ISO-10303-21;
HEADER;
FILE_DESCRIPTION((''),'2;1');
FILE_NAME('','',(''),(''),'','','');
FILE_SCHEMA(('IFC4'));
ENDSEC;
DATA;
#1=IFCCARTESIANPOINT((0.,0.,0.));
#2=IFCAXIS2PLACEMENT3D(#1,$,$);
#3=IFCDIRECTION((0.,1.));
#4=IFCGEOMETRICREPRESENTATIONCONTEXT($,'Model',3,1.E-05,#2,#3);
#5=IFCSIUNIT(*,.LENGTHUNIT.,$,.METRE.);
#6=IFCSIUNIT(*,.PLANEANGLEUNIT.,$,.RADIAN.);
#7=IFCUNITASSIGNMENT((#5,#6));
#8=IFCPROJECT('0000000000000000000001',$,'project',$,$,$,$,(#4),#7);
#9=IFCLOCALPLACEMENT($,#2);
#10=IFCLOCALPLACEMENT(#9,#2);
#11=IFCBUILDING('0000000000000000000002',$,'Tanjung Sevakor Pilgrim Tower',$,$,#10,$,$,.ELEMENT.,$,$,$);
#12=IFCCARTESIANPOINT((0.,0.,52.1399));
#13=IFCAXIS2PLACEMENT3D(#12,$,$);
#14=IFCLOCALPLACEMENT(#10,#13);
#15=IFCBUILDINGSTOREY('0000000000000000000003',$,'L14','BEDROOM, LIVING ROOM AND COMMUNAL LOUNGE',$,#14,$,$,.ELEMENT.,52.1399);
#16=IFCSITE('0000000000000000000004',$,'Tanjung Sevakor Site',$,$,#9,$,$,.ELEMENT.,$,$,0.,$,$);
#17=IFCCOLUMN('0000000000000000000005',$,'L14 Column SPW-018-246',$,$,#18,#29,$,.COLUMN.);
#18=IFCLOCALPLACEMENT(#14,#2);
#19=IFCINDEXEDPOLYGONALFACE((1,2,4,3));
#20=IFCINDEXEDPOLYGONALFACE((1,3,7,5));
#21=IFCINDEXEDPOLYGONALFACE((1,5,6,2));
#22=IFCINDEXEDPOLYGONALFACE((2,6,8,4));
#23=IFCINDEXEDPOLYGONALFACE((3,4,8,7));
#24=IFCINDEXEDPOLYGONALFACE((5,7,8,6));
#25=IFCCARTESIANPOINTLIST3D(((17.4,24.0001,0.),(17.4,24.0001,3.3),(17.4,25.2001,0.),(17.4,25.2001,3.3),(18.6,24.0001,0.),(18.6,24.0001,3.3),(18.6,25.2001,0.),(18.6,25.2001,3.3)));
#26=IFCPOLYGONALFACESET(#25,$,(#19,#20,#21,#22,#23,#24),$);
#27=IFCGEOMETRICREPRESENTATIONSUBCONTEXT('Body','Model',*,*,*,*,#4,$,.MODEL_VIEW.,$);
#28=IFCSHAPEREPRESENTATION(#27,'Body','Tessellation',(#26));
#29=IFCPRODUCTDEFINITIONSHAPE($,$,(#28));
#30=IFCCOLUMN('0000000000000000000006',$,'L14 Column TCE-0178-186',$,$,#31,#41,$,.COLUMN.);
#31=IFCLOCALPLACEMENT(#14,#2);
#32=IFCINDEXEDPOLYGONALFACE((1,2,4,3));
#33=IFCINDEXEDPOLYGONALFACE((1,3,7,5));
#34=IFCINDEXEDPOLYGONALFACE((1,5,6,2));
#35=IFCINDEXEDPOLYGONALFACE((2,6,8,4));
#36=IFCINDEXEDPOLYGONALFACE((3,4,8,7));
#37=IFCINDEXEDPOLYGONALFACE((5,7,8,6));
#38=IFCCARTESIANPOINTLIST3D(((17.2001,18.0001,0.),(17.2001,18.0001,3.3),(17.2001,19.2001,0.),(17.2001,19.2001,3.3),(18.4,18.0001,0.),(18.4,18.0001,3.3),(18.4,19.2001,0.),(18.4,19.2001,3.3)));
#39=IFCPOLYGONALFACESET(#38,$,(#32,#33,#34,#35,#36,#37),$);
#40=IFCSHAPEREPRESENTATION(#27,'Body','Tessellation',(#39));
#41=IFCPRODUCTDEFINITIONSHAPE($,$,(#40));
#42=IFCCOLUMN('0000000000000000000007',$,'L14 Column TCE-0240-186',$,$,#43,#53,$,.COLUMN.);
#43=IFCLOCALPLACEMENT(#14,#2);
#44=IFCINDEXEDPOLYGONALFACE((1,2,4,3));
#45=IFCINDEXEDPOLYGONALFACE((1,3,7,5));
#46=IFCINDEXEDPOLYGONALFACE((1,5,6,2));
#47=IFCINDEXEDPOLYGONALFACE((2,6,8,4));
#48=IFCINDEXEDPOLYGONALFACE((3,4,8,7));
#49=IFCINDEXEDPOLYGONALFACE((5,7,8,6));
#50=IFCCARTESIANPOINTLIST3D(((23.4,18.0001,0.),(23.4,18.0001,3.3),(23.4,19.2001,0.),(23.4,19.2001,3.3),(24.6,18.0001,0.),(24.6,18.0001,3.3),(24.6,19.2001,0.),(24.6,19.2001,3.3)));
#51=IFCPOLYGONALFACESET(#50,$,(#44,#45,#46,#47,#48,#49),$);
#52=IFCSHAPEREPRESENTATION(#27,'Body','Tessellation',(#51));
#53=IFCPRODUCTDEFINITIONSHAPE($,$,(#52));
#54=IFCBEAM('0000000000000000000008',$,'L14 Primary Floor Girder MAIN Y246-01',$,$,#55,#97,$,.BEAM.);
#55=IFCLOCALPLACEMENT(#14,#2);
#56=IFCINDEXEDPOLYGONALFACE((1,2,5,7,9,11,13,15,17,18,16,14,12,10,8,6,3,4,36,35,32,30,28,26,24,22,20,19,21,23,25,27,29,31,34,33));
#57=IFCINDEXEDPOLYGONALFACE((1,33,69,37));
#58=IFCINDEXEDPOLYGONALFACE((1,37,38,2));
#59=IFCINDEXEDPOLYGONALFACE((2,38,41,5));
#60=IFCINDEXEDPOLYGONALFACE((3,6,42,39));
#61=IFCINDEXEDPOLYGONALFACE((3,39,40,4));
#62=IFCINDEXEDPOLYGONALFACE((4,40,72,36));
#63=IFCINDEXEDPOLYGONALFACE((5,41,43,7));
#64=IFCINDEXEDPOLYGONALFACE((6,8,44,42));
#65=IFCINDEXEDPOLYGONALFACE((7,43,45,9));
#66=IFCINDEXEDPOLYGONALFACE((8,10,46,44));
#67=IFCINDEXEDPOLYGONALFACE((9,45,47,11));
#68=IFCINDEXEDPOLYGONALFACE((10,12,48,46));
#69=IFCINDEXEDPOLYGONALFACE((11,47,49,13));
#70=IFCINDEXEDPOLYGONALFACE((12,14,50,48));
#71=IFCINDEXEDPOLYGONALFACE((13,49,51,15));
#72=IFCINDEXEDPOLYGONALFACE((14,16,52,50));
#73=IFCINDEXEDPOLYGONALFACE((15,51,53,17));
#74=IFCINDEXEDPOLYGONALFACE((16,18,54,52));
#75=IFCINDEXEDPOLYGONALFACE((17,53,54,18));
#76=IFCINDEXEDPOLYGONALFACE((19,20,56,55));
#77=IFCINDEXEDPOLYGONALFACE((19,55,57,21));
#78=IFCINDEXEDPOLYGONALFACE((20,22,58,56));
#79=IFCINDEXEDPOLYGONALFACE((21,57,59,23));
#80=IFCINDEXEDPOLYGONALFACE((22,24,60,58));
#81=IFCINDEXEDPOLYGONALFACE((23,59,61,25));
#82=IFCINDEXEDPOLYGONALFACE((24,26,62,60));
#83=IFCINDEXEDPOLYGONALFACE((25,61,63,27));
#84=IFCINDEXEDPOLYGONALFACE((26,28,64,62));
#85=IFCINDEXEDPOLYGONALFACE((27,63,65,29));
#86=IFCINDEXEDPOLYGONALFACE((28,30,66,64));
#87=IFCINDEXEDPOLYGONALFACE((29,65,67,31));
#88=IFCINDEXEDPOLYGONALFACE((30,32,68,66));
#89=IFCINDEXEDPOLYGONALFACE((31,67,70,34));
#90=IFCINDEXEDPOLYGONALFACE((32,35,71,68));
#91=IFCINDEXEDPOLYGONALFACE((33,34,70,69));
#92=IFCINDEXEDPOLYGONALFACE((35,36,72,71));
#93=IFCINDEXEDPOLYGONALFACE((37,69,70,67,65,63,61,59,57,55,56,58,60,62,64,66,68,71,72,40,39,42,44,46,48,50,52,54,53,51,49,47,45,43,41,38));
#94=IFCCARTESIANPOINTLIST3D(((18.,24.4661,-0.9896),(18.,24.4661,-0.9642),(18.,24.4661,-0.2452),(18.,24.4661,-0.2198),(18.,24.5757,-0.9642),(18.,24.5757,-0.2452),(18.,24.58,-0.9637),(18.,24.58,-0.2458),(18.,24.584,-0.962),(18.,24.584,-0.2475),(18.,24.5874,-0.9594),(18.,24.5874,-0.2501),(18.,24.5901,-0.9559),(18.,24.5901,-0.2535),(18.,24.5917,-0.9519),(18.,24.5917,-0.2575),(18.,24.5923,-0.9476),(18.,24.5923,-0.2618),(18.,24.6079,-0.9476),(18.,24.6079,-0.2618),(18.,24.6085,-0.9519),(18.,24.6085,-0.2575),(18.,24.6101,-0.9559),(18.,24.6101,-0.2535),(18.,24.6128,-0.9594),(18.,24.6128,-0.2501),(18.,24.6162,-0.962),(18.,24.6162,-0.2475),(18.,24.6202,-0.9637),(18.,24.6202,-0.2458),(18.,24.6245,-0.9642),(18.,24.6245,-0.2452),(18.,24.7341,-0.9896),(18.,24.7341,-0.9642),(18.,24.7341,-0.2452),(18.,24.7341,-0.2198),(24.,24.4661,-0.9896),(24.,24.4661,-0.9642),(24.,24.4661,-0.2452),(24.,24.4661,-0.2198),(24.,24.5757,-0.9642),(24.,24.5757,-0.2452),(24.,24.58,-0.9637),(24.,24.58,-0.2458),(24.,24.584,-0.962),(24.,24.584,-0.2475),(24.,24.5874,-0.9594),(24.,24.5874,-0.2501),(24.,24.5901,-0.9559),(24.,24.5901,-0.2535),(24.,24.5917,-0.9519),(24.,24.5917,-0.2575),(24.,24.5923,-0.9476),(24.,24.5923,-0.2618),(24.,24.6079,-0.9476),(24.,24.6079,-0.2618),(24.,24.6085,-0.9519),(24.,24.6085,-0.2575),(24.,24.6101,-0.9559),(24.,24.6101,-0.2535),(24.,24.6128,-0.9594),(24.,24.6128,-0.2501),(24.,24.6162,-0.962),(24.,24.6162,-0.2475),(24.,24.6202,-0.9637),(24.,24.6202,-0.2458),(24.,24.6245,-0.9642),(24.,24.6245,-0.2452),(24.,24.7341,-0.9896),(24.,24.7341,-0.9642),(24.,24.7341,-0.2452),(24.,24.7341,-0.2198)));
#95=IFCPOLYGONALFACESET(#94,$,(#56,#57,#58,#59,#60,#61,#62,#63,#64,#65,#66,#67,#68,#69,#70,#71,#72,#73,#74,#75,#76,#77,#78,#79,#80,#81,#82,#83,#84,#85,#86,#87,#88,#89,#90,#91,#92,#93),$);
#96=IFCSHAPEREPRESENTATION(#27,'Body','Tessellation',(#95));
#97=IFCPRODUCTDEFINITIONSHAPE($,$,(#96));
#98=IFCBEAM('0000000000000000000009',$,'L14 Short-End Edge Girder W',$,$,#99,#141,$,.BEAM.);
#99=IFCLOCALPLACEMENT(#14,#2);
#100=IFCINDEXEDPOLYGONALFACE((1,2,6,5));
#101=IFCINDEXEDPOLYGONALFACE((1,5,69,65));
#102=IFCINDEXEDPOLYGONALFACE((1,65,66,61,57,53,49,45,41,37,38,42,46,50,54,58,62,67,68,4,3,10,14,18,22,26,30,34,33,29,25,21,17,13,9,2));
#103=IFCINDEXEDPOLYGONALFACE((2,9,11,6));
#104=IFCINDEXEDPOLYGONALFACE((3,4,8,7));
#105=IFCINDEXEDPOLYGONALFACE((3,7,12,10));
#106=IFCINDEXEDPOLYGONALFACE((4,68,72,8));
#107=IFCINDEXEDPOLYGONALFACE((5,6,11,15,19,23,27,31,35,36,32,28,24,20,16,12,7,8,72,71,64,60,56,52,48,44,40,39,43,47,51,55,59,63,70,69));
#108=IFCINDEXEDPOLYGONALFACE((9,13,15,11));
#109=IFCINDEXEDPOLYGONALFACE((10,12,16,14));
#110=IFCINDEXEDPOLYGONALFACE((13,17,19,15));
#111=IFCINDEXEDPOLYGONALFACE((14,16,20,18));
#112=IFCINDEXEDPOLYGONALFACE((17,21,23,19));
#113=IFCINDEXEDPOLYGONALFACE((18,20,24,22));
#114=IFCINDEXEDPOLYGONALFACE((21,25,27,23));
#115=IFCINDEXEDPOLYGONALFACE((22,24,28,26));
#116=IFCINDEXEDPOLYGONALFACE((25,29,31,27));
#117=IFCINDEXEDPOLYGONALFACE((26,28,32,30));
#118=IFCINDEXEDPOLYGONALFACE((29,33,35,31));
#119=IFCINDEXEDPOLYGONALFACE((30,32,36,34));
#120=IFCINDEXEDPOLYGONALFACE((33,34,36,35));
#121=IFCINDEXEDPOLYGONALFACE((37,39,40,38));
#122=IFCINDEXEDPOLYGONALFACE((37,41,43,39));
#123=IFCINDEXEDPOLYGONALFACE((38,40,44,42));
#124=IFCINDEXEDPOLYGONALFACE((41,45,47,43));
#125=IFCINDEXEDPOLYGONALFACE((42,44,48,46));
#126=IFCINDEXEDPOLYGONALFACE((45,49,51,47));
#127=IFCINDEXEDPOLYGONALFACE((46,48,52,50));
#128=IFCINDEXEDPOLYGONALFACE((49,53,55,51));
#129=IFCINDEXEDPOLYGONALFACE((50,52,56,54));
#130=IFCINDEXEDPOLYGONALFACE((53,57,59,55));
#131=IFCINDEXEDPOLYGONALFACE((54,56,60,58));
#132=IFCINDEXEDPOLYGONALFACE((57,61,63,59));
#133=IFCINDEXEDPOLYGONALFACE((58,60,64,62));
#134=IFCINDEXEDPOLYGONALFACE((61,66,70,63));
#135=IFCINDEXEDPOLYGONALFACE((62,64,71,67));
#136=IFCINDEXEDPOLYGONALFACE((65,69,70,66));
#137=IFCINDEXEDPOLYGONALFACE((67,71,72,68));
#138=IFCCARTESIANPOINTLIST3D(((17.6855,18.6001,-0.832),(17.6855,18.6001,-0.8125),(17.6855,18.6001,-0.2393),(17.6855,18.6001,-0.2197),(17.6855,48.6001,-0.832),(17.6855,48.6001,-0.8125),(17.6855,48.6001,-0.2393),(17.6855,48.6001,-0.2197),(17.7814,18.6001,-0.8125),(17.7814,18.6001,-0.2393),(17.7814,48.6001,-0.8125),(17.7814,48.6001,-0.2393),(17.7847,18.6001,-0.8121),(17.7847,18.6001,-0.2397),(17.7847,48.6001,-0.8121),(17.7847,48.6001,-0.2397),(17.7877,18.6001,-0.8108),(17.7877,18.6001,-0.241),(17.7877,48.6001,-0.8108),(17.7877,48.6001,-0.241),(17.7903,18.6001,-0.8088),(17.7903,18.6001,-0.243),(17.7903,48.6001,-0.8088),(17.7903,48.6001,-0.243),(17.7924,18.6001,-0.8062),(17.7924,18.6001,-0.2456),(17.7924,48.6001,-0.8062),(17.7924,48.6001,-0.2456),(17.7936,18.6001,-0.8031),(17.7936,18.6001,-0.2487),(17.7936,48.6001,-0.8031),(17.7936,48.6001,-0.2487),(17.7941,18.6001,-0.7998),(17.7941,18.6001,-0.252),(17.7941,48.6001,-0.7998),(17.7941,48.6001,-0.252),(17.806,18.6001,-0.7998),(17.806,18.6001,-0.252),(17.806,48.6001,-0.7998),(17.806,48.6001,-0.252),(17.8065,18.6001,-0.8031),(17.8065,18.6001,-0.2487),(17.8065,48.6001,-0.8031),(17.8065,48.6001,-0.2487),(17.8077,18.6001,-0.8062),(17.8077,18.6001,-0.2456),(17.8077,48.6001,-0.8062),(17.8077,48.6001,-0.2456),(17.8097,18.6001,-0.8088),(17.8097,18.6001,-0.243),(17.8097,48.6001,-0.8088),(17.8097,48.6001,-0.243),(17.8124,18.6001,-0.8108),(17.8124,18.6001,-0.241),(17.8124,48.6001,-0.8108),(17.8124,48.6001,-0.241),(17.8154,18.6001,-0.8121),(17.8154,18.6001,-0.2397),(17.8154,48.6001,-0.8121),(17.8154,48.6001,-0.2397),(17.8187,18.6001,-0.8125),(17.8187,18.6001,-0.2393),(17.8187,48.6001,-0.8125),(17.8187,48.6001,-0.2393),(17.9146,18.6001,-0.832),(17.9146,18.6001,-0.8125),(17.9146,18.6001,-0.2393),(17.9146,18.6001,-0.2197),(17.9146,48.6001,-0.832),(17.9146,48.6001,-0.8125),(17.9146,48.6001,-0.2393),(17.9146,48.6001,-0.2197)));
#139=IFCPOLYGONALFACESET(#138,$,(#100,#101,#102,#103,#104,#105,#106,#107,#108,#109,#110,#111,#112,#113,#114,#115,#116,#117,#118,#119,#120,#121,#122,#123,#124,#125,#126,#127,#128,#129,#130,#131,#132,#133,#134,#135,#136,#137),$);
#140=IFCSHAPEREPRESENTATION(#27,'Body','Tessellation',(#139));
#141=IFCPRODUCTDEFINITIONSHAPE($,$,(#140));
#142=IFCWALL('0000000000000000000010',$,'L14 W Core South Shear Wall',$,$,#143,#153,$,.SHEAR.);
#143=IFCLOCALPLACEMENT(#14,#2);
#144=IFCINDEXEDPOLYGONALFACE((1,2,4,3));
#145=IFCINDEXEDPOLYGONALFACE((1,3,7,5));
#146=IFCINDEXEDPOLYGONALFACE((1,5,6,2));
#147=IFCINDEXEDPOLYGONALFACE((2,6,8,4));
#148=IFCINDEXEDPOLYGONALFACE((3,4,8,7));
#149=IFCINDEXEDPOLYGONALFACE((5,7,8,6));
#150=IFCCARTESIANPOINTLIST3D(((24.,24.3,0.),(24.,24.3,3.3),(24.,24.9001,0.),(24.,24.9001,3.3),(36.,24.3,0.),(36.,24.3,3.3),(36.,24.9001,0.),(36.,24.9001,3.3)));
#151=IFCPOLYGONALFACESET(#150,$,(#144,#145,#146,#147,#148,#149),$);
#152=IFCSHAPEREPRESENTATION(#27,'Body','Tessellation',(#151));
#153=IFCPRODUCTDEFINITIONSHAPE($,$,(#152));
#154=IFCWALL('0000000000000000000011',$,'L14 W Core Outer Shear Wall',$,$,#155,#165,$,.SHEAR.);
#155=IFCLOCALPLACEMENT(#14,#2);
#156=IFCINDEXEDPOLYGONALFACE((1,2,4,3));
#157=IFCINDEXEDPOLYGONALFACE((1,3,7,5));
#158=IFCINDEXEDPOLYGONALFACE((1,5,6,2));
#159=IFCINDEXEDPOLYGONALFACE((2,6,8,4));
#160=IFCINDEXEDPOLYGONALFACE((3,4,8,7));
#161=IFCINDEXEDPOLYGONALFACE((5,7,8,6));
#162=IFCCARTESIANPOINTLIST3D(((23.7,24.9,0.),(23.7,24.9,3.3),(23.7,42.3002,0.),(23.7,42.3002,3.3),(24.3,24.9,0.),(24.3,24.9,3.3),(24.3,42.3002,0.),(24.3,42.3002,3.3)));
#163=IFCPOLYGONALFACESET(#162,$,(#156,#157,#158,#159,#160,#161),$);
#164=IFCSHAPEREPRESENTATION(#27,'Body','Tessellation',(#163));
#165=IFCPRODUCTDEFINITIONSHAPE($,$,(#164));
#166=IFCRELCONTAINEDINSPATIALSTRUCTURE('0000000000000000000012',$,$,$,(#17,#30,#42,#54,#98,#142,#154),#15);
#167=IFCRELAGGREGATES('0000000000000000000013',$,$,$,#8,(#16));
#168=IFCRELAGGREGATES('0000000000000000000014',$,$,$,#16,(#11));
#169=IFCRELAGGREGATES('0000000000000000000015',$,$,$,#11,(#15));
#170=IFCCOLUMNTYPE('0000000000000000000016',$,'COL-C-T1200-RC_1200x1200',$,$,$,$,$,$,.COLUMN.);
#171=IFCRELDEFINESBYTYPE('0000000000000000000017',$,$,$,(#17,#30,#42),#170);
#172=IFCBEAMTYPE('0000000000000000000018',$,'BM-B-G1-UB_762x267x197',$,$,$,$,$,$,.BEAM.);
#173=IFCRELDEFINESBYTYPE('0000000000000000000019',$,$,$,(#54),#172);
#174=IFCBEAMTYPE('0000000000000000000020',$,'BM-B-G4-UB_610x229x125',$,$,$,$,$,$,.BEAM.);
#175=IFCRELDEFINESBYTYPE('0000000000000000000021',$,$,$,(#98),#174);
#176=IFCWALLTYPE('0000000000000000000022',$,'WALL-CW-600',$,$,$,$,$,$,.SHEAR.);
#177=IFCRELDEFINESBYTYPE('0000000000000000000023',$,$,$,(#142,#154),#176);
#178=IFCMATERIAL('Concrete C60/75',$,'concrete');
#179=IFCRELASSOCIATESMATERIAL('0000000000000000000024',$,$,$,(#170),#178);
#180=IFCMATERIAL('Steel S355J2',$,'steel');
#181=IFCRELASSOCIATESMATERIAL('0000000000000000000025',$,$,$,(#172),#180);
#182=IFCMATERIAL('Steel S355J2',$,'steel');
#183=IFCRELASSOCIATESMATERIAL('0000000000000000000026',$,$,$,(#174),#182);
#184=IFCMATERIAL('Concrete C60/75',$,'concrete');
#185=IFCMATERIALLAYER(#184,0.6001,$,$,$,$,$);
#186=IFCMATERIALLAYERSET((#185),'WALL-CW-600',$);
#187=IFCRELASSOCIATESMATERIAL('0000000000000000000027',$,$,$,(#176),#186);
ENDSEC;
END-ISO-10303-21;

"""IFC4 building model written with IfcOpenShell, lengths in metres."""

from ifc_helpers import new_model, si_unit, direction, frame, frame_2d, origin, origin_2d, place, context, subcontext, project, spatial, rectangle, i_section, extrude, material, layer, layer_set, material_profile, profile_set, type_object, element, save


model = new_model("IFC4")

# Units and contexts
model_context = context("Model", 3, precision=1e-05, world=origin(), true_north=direction((0.0, 1.0)))
body_context = subcontext(model_context, "Body", "Model", "MODEL_VIEW")
ifc_project = project(units=[si_unit("LENGTHUNIT", "METRE"), si_unit("PLANEANGLEUNIT", "RADIAN")], contexts=[model_context])

# Site, building, storey
site_placement = place(None, origin())
site = spatial("IfcSite", under=ifc_project, at=site_placement, Name="Tanjung Sevakor Site", CompositionType="ELEMENT", RefElevation=0.0)
building_placement = place(site_placement, origin())
building = spatial("IfcBuilding", under=site, at=building_placement, Name="Tanjung Sevakor Pilgrim Tower", CompositionType="ELEMENT")
storey_placement = place(building_placement, frame((0.0, 0.0, 52.1399)))
storey = spatial("IfcBuildingStorey", under=building, at=storey_placement, Name="L14", Description="BEDROOM, LIVING ROOM AND COMMUNAL LOUNGE", CompositionType="ELEMENT", Elevation=52.1399)

# Columns
ifc_material_1 = material(Name="Concrete C60/75", Category="concrete")
ifc_material_profile_1 = material_profile(ifc_material_1, rectangle(XDim=1.2, YDim=1.2, at=origin_2d()))
ifc_profile_set_1 = profile_set([ifc_material_profile_1], Name="Concrete C60/75")
column_type = type_object("IfcColumnType", Name="COL-C-T1200-RC_1200x1200", PredefinedType="COLUMN", material=ifc_profile_set_1)
for number, where, z_axis, x_axis, name in (
    (1, (18.0, 24.6001, 0.0), (0.0, 0.0, 1.0), (1.0, 0.0, 0.0), "L14 Column SPW-018-246"),
    (2, (17.8, 18.6001, 0.0), (0.0, 0.0, 1.0), (1.0, 0.0, 0.0), "L14 Column TCE-0178-186"),
    (3, (24.0, 18.6001, 0.0), (0.0, 0.0, 1.0), (1.0, 0.0, 0.0), "L14 Column TCE-0240-186"),
):
    element("IfcColumn", number, at=place(storey_placement, frame(where, z_axis=z_axis, x_axis=x_axis)), inside=storey, type_object=column_type, Name=name, PredefinedType="COLUMN", context=body_context, shape_type="SweptSolid", body=[
        extrude(rectangle(XDim=1.2, YDim=1.2, at=origin_2d()), origin(), (0.0, 0.0, 1.0), 3.3),
    ])

# Beams
ifc_material_2 = material(Name="Steel S355J2", Category="steel")
ifc_material_profile_2 = material_profile(ifc_material_2, i_section(OverallWidth=0.2681, OverallDepth=0.7698, WebThickness=0.0156, FlangeThickness=0.0254, FilletRadius=0.0166, at=origin_2d()))
ifc_profile_set_2 = profile_set([ifc_material_profile_2], Name="Steel S355J2")
beam_type_1 = type_object("IfcBeamType", Name="BM-B-G1-UB_762x267x197", PredefinedType="BEAM", material=ifc_profile_set_2)
beam_1_placement = place(storey_placement, frame((18.0, 24.6001, -0.6047), z_axis=(1.0, 0.0, 0.0), x_axis=(0.0, 1.0, 0.0)))
element("IfcBeam", 4, at=beam_1_placement, inside=storey, type_object=beam_type_1, Name="L14 Primary Floor Girder MAIN Y246-01", PredefinedType="BEAM", context=body_context, shape_type="SweptSolid", body=[
    extrude(i_section(OverallWidth=0.2681, OverallDepth=0.7698, WebThickness=0.0156, FlangeThickness=0.0254, FilletRadius=0.0166, at=origin_2d()), origin(), (0.0, 0.0, 1.0), 6.0),
])
ifc_material_3 = material(Name="Steel S355J2", Category="steel")
ifc_material_profile_3 = material_profile(ifc_material_3, i_section(OverallWidth=0.229, OverallDepth=0.6123, WebThickness=0.012, FlangeThickness=0.0195, FilletRadius=0.0127, at=origin_2d()))
ifc_profile_set_3 = profile_set([ifc_material_profile_3], Name="Steel S355J2")
beam_type_2 = type_object("IfcBeamType", Name="BM-B-G4-UB_610x229x125", PredefinedType="BEAM", material=ifc_profile_set_3)
beam_2_placement = place(storey_placement, frame((17.8, 18.6001, -0.5259), z_axis=(0.0, 1.0, 0.0), x_axis=(-1.0, 0.0, 0.0)))
element("IfcBeam", 5, at=beam_2_placement, inside=storey, type_object=beam_type_2, Name="L14 Short-End Edge Girder W", PredefinedType="BEAM", context=body_context, shape_type="SweptSolid", body=[
    extrude(i_section(OverallWidth=0.229, OverallDepth=0.6123, WebThickness=0.012, FlangeThickness=0.0195, FilletRadius=0.0127, at=origin_2d()), origin(), (0.0, 0.0, 1.0), 30.0),
])

# Walls
ifc_material_4 = material(Name="Concrete C60/75", Category="concrete")
ifc_layer_1 = layer(ifc_material_4, 0.6001)
ifc_layer_set_1 = layer_set([ifc_layer_1], Name="WALL-CW-600")
wall_type_1 = type_object("IfcWallType", Name="WALL-CW-600", PredefinedType="SHEAR", material=ifc_layer_set_1)
wall_1_placement = place(storey_placement, frame((24.0, 24.6001, 0.0), z_axis=(0.0, 0.0, 1.0), x_axis=(1.0, 0.0, 0.0)))
element("IfcWall", 6, at=wall_1_placement, inside=storey, type_object=wall_type_1, Name="L14 W Core South Shear Wall", PredefinedType="SHEAR", context=body_context, shape_type="SweptSolid", body=[
    extrude(rectangle(XDim=12.0, YDim=0.6001, at=frame_2d((6.0, 0.0))), origin(), (0.0, 0.0, 1.0), 3.3),
])
wall_2_placement = place(storey_placement, frame((24.0, 24.8999, 0.0), z_axis=(0.0, 0.0, 1.0), x_axis=(0.0, 1.0, 0.0)))
element("IfcWall", 7, at=wall_2_placement, inside=storey, type_object=wall_type_1, Name="L14 W Core Outer Shear Wall", PredefinedType="SHEAR", context=body_context, shape_type="SweptSolid", body=[
    extrude(rectangle(XDim=17.4001, YDim=0.6001, at=frame_2d((8.7002, 0.0))), origin(), (0.0, 0.0, 1.0), 3.3),
])

save(model, "model.ifc")
